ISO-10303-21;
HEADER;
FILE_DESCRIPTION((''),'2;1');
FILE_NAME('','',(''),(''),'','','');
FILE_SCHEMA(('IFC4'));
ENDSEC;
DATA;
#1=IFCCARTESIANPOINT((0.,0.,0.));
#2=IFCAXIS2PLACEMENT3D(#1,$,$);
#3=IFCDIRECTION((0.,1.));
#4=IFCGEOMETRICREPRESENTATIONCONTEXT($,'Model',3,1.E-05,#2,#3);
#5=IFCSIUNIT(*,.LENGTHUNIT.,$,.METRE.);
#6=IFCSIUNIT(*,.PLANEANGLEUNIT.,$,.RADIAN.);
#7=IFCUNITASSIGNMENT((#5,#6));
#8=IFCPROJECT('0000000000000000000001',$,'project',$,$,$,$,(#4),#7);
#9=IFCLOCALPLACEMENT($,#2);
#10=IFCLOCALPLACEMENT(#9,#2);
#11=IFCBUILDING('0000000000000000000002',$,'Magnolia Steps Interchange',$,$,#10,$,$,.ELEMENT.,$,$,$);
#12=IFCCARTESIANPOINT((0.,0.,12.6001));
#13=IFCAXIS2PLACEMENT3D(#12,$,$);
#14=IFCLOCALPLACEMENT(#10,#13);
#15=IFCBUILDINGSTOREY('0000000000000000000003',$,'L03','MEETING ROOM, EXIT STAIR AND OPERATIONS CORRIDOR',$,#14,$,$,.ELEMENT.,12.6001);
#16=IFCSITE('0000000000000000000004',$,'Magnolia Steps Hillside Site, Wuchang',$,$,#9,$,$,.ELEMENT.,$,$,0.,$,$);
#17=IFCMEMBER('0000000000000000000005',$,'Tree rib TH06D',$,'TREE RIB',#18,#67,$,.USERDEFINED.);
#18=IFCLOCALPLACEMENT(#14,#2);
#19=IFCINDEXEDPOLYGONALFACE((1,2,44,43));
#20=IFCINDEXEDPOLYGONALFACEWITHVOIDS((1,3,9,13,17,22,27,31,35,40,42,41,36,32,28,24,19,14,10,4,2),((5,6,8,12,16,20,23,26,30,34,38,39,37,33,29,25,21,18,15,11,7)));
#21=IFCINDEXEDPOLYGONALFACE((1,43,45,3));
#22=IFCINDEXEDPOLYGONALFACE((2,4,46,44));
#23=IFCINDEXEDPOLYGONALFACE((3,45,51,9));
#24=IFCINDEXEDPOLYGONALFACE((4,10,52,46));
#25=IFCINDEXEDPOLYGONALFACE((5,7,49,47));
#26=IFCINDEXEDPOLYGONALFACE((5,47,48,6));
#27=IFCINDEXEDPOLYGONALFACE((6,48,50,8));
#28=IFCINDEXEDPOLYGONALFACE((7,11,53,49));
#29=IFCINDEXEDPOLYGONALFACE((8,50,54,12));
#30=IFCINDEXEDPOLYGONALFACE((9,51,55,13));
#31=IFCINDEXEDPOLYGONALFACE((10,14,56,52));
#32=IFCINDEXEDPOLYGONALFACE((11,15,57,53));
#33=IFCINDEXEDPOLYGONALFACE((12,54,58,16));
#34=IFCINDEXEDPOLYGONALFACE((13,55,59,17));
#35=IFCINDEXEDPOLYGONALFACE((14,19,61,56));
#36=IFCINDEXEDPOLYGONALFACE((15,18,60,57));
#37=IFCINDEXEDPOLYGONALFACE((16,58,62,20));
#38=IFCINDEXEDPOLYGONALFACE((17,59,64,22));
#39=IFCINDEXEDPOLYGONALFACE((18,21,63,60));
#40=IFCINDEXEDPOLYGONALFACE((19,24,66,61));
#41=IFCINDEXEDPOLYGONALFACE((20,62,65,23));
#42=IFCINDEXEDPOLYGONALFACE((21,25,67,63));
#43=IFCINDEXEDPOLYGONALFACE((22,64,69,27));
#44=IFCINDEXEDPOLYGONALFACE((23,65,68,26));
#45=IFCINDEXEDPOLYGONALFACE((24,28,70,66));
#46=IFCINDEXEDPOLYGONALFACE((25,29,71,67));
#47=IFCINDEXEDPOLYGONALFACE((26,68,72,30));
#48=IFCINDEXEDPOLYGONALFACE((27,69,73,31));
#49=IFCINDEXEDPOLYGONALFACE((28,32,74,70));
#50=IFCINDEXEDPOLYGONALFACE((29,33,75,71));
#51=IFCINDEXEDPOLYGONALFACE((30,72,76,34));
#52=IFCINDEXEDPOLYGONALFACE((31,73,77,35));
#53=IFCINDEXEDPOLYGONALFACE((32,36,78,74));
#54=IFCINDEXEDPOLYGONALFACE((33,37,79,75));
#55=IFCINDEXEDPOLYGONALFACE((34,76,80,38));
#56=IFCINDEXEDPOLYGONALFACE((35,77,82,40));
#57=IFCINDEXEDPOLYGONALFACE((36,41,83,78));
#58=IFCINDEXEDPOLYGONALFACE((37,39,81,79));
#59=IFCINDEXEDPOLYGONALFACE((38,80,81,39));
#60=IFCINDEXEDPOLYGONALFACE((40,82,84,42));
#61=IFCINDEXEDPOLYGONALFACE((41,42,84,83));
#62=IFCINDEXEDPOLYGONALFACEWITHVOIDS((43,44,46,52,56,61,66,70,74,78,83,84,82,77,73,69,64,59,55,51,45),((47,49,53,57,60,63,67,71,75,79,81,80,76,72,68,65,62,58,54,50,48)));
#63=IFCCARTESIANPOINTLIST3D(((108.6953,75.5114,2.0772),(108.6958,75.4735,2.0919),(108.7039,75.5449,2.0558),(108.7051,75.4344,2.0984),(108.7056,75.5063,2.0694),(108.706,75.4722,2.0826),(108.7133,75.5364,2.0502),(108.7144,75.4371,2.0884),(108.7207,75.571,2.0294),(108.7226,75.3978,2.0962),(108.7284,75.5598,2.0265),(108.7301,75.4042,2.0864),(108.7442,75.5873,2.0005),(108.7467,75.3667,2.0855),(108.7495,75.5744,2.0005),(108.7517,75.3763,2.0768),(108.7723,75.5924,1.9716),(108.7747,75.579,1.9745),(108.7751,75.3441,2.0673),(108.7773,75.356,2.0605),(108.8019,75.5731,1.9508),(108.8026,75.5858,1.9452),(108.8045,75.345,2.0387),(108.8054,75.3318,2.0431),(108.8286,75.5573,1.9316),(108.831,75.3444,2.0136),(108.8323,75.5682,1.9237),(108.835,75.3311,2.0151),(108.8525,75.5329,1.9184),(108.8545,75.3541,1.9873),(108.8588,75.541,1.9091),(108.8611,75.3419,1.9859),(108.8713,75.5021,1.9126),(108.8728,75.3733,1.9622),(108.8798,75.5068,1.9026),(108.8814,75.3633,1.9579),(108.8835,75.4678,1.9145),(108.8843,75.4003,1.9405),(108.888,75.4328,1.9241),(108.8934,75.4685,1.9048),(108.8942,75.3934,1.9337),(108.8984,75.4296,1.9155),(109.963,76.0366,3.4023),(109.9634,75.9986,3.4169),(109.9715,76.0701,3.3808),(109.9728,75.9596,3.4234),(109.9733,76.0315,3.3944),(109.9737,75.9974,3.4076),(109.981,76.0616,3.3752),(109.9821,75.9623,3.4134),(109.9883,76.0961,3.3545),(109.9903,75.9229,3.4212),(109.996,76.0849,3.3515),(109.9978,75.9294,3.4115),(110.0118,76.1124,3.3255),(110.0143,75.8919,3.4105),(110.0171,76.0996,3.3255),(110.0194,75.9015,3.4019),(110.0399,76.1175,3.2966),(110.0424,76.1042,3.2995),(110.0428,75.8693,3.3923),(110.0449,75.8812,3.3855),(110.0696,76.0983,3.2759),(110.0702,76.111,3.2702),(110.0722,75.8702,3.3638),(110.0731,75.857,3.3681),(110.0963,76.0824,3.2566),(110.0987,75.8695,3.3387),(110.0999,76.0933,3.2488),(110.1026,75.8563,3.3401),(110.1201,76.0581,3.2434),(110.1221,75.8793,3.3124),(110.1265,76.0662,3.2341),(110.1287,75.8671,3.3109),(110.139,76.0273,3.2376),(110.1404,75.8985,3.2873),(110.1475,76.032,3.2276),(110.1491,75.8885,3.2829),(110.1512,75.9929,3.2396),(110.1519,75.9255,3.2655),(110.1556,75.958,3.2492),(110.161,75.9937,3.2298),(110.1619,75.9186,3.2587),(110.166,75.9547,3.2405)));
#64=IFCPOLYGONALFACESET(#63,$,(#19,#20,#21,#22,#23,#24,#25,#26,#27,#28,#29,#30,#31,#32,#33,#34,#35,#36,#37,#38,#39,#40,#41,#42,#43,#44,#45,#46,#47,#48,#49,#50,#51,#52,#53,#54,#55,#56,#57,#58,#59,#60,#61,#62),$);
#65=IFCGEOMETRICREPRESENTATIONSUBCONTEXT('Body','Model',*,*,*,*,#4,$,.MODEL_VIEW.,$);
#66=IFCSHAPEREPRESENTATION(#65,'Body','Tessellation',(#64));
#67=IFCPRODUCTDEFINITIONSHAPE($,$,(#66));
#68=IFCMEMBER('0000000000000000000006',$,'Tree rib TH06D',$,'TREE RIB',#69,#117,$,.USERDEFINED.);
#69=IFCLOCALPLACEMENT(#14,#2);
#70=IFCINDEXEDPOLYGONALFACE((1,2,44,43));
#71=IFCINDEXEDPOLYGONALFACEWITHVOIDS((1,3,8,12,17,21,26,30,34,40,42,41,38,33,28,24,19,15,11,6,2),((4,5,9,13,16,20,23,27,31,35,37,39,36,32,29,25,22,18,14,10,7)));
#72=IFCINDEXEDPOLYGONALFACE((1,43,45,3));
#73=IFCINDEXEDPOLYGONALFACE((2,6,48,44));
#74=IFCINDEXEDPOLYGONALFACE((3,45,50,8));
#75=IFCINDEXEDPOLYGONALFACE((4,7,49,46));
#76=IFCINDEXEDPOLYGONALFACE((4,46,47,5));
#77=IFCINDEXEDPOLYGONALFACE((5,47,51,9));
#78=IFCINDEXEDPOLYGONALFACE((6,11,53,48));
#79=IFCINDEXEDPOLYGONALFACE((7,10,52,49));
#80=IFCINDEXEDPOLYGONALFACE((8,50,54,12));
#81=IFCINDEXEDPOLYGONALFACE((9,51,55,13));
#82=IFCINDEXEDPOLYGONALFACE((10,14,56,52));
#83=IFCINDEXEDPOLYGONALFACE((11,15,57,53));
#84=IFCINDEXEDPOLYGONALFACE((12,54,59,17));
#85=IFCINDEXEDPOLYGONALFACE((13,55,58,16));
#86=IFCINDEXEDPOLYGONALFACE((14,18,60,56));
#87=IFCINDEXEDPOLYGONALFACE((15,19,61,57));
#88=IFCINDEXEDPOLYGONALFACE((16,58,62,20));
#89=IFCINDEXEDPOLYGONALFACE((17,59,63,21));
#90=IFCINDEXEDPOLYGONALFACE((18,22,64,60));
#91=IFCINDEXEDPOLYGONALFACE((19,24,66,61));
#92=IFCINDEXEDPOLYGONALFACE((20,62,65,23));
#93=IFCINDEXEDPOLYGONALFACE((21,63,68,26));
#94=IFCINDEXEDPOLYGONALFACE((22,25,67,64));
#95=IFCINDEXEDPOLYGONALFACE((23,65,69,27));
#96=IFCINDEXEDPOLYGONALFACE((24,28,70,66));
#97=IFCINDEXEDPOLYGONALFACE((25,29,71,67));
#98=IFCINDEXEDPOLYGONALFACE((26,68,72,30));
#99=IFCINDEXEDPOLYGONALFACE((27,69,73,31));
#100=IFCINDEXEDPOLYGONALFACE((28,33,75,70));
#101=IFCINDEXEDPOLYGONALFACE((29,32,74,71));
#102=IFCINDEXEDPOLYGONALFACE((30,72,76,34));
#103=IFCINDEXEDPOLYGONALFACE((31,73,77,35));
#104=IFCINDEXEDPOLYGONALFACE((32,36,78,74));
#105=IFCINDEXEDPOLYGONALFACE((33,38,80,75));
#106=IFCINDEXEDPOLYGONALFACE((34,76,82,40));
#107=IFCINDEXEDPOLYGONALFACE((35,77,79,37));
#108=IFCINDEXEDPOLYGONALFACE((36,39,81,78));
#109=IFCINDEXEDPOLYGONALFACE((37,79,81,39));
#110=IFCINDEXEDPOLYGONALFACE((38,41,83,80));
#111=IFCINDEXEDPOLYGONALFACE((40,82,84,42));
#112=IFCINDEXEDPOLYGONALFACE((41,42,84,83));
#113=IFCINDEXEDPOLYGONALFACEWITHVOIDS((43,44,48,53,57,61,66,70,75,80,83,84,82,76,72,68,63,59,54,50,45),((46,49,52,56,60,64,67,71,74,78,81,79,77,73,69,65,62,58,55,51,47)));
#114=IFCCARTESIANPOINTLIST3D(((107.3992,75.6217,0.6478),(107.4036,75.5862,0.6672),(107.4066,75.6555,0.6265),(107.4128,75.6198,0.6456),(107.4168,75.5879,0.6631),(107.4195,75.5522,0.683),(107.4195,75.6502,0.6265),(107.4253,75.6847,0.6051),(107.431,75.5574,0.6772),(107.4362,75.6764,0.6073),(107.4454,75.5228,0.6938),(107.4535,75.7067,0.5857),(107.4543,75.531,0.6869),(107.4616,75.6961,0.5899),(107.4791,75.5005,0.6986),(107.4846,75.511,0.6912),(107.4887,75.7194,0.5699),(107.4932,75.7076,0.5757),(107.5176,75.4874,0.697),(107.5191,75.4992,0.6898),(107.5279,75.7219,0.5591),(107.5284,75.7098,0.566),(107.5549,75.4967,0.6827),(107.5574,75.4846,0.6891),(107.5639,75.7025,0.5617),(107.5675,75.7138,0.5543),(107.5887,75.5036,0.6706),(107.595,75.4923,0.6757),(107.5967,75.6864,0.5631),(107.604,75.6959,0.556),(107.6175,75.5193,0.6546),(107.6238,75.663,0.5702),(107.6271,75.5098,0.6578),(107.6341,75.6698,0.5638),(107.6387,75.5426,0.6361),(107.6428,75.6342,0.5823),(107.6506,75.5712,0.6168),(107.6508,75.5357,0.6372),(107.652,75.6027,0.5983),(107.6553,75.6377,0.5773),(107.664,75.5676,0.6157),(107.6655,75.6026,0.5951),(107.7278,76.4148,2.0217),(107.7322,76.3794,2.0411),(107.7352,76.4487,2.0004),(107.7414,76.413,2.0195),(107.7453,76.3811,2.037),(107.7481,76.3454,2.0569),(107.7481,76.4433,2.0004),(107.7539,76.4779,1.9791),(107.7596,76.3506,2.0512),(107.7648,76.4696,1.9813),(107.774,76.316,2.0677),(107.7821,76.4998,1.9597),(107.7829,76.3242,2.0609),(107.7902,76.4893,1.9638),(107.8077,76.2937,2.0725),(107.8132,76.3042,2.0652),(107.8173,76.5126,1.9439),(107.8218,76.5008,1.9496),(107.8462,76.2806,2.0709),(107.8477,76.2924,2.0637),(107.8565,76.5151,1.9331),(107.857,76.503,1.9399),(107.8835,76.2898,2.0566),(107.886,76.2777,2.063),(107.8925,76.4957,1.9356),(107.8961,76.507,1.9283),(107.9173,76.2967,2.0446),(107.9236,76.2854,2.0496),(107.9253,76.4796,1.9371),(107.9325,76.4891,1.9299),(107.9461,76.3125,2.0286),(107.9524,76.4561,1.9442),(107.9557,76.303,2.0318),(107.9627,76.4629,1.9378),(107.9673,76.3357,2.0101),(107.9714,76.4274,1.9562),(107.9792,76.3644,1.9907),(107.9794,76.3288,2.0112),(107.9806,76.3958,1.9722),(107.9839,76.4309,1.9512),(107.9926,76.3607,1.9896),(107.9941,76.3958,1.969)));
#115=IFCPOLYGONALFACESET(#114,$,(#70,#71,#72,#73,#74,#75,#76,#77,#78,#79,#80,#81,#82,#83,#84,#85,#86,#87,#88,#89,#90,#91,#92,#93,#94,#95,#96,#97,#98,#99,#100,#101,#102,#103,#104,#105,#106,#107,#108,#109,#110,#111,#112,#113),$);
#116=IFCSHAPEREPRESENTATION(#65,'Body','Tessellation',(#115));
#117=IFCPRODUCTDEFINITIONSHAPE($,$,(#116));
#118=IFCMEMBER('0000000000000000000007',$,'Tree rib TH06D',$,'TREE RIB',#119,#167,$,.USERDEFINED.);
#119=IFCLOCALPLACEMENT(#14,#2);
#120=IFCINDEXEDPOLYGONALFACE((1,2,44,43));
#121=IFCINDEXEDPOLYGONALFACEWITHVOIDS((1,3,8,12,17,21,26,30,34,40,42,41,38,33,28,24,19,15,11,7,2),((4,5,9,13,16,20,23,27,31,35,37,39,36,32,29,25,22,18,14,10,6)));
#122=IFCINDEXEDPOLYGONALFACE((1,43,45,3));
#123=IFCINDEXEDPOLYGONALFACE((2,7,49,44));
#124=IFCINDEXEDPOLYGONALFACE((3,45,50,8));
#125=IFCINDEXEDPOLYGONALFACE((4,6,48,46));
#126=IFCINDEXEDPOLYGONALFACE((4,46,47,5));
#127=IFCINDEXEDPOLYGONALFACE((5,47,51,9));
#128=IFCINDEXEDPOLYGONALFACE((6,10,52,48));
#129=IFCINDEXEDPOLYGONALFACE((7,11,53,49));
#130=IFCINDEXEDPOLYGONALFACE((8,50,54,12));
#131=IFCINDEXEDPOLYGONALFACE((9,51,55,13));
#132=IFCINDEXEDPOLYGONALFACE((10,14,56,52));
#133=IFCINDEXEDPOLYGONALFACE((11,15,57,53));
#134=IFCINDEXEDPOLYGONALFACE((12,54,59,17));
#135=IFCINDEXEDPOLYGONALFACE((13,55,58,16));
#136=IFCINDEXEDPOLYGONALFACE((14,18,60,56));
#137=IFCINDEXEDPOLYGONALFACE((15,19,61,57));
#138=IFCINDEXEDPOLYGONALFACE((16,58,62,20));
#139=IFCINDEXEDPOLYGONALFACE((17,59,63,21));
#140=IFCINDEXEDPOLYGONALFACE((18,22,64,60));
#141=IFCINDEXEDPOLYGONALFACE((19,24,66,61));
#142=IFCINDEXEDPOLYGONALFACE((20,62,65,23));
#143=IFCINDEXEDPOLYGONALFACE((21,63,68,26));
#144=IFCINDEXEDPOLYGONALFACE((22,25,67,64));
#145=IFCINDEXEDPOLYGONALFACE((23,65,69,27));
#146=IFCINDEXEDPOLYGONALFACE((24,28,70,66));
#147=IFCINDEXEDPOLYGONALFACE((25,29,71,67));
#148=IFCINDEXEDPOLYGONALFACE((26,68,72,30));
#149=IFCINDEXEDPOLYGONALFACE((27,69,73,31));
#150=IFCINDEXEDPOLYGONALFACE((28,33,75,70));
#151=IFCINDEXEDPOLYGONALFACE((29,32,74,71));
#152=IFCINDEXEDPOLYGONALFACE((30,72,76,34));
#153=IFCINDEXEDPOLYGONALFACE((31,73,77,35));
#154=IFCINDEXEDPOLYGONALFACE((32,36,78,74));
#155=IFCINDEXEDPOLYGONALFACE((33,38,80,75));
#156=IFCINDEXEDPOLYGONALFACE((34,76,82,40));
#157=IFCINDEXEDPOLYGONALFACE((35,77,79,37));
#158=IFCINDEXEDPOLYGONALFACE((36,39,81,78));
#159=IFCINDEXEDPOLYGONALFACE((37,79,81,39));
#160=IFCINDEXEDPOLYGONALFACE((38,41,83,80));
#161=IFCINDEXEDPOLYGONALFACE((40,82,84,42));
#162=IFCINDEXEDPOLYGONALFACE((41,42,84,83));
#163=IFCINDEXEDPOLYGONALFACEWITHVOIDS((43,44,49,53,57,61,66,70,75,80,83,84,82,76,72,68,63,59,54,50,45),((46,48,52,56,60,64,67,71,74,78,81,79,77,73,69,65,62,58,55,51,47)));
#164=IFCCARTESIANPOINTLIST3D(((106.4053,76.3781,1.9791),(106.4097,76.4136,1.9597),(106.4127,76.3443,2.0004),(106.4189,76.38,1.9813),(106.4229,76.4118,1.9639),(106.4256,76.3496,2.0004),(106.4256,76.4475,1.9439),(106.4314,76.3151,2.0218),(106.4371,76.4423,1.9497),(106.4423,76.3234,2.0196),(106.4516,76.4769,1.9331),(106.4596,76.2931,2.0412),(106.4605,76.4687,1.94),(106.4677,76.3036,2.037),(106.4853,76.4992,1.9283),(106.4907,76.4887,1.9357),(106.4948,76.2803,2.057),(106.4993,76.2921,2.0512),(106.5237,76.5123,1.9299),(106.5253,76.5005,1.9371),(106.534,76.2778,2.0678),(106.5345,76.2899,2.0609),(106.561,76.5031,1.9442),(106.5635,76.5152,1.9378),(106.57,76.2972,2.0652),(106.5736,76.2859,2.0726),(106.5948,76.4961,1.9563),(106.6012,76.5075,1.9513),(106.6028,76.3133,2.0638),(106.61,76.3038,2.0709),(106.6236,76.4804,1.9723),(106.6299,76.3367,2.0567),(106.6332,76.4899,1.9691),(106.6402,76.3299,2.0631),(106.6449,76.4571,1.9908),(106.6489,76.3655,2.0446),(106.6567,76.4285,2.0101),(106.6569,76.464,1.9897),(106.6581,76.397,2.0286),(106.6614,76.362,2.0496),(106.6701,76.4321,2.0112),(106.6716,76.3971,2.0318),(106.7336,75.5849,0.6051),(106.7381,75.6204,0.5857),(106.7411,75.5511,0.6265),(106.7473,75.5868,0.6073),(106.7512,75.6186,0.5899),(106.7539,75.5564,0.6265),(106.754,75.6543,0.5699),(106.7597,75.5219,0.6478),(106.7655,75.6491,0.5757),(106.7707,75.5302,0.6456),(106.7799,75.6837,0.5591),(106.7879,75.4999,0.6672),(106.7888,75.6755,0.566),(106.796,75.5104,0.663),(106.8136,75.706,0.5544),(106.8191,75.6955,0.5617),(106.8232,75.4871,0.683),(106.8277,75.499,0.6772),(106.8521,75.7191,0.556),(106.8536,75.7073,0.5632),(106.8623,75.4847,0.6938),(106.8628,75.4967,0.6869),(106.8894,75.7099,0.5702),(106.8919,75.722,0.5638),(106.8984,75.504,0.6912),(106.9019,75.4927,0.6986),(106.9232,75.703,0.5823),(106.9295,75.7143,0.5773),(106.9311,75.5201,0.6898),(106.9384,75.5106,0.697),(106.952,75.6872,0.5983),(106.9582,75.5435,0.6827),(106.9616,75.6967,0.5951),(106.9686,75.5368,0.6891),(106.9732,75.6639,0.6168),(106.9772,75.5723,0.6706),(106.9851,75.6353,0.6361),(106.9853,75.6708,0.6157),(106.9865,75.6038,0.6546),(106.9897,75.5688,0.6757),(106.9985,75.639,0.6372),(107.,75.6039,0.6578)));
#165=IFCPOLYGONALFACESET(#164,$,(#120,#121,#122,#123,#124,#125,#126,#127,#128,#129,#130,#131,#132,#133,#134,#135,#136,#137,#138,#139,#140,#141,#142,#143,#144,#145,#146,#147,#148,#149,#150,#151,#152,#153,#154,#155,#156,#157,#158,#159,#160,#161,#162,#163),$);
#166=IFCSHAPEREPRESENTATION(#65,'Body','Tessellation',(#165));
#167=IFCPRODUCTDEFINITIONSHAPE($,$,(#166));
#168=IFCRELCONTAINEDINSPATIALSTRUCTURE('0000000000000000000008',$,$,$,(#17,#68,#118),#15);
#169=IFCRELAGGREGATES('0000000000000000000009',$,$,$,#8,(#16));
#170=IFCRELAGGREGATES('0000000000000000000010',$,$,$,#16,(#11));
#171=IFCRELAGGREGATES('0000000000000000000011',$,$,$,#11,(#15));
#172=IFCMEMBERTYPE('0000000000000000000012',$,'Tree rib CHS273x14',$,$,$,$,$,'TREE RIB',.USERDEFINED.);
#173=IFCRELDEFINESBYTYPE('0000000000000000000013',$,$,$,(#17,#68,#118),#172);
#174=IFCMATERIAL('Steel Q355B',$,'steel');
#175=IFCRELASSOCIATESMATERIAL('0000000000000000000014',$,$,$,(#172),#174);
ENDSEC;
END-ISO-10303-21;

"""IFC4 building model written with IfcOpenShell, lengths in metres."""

from ifc_helpers import new_model, si_unit, direction, frame, origin, origin_2d, place, context, subcontext, project, spatial, hollow_circle, extrude, material, material_profile, profile_set, type_object, element, save


model = new_model("IFC4")

# Units and contexts
model_context = context("Model", 3, precision=1e-05, world=origin(), true_north=direction((0.0, 1.0)))
body_context = subcontext(model_context, "Body", "Model", "MODEL_VIEW")
ifc_project = project(units=[si_unit("LENGTHUNIT", "METRE"), si_unit("PLANEANGLEUNIT", "RADIAN")], contexts=[model_context])

# Site, building, storey
site_placement = place(None, origin())
site = spatial("IfcSite", under=ifc_project, at=site_placement, Name="Magnolia Steps Hillside Site, Wuchang", CompositionType="ELEMENT", RefElevation=0.0)
building_placement = place(site_placement, origin())
building = spatial("IfcBuilding", under=site, at=building_placement, Name="Magnolia Steps Interchange", CompositionType="ELEMENT")
storey_placement = place(building_placement, frame((0.0, 0.0, 12.6001)))
storey = spatial("IfcBuildingStorey", under=building, at=storey_placement, Name="L03", Description="MEETING ROOM, EXIT STAIR AND OPERATIONS CORRIDOR", CompositionType="ELEMENT", Elevation=12.6001)

# Members
ifc_material_1 = material(Name="Steel Q355B", Category="steel")
ifc_material_profile_1 = material_profile(ifc_material_1, hollow_circle(Radius=0.1365, WallThickness=0.0139, at=origin_2d()), Name="CHS273x14")
ifc_profile_set_1 = profile_set([ifc_material_profile_1], Name="Steel Q355B")
member_type_1 = type_object("IfcMemberType", Name="Tree rib CHS273x14", ElementType="TREE RIB", PredefinedType="USERDEFINED", material=ifc_profile_set_1)
member_1_placement = place(storey_placement, frame((108.7964, 75.4612, 2.0005), z_axis=(0.664571, 0.275326, 0.694651), x_axis=(-0.382745, 0.923854, 0.0)))
element("IfcMember", 1, at=member_1_placement, inside=storey, type_object=member_type_1, Name="Tree rib TH06D", ObjectType="TREE RIB", PredefinedType="USERDEFINED", context=body_context, shape_type="SweptSolid", body=[
    extrude(hollow_circle(Radius=0.1365, WallThickness=0.0139, at=origin_2d()), origin(), (0.0, 0.0, 1.0), 1.9075),
])
for number, where, z_axis, x_axis, name in (
    (2, (107.5327, 75.6033, 0.6265), (0.20282, 0.489571, 0.848047), (-0.923857, 0.382737, 0.0), "Tree rib TH06D"),
    (3, (106.8672, 75.6033, 0.6265), (-0.202676, 0.489586, 0.848073), (-0.923958, -0.382494, 0.0), "Tree rib TH06D"),
):
    element("IfcMember", number, at=place(storey_placement, frame(where, z_axis=z_axis, x_axis=x_axis)), inside=storey, type_object=member_type_1, Name=name, ObjectType="TREE RIB", PredefinedType="USERDEFINED", context=body_context, shape_type="SweptSolid", body=[
        extrude(hollow_circle(Radius=0.1365, WallThickness=0.0139, at=origin_2d()), origin(), (0.0, 0.0, 1.0), 1.6201),
    ])

save(model, "model.ifc")
